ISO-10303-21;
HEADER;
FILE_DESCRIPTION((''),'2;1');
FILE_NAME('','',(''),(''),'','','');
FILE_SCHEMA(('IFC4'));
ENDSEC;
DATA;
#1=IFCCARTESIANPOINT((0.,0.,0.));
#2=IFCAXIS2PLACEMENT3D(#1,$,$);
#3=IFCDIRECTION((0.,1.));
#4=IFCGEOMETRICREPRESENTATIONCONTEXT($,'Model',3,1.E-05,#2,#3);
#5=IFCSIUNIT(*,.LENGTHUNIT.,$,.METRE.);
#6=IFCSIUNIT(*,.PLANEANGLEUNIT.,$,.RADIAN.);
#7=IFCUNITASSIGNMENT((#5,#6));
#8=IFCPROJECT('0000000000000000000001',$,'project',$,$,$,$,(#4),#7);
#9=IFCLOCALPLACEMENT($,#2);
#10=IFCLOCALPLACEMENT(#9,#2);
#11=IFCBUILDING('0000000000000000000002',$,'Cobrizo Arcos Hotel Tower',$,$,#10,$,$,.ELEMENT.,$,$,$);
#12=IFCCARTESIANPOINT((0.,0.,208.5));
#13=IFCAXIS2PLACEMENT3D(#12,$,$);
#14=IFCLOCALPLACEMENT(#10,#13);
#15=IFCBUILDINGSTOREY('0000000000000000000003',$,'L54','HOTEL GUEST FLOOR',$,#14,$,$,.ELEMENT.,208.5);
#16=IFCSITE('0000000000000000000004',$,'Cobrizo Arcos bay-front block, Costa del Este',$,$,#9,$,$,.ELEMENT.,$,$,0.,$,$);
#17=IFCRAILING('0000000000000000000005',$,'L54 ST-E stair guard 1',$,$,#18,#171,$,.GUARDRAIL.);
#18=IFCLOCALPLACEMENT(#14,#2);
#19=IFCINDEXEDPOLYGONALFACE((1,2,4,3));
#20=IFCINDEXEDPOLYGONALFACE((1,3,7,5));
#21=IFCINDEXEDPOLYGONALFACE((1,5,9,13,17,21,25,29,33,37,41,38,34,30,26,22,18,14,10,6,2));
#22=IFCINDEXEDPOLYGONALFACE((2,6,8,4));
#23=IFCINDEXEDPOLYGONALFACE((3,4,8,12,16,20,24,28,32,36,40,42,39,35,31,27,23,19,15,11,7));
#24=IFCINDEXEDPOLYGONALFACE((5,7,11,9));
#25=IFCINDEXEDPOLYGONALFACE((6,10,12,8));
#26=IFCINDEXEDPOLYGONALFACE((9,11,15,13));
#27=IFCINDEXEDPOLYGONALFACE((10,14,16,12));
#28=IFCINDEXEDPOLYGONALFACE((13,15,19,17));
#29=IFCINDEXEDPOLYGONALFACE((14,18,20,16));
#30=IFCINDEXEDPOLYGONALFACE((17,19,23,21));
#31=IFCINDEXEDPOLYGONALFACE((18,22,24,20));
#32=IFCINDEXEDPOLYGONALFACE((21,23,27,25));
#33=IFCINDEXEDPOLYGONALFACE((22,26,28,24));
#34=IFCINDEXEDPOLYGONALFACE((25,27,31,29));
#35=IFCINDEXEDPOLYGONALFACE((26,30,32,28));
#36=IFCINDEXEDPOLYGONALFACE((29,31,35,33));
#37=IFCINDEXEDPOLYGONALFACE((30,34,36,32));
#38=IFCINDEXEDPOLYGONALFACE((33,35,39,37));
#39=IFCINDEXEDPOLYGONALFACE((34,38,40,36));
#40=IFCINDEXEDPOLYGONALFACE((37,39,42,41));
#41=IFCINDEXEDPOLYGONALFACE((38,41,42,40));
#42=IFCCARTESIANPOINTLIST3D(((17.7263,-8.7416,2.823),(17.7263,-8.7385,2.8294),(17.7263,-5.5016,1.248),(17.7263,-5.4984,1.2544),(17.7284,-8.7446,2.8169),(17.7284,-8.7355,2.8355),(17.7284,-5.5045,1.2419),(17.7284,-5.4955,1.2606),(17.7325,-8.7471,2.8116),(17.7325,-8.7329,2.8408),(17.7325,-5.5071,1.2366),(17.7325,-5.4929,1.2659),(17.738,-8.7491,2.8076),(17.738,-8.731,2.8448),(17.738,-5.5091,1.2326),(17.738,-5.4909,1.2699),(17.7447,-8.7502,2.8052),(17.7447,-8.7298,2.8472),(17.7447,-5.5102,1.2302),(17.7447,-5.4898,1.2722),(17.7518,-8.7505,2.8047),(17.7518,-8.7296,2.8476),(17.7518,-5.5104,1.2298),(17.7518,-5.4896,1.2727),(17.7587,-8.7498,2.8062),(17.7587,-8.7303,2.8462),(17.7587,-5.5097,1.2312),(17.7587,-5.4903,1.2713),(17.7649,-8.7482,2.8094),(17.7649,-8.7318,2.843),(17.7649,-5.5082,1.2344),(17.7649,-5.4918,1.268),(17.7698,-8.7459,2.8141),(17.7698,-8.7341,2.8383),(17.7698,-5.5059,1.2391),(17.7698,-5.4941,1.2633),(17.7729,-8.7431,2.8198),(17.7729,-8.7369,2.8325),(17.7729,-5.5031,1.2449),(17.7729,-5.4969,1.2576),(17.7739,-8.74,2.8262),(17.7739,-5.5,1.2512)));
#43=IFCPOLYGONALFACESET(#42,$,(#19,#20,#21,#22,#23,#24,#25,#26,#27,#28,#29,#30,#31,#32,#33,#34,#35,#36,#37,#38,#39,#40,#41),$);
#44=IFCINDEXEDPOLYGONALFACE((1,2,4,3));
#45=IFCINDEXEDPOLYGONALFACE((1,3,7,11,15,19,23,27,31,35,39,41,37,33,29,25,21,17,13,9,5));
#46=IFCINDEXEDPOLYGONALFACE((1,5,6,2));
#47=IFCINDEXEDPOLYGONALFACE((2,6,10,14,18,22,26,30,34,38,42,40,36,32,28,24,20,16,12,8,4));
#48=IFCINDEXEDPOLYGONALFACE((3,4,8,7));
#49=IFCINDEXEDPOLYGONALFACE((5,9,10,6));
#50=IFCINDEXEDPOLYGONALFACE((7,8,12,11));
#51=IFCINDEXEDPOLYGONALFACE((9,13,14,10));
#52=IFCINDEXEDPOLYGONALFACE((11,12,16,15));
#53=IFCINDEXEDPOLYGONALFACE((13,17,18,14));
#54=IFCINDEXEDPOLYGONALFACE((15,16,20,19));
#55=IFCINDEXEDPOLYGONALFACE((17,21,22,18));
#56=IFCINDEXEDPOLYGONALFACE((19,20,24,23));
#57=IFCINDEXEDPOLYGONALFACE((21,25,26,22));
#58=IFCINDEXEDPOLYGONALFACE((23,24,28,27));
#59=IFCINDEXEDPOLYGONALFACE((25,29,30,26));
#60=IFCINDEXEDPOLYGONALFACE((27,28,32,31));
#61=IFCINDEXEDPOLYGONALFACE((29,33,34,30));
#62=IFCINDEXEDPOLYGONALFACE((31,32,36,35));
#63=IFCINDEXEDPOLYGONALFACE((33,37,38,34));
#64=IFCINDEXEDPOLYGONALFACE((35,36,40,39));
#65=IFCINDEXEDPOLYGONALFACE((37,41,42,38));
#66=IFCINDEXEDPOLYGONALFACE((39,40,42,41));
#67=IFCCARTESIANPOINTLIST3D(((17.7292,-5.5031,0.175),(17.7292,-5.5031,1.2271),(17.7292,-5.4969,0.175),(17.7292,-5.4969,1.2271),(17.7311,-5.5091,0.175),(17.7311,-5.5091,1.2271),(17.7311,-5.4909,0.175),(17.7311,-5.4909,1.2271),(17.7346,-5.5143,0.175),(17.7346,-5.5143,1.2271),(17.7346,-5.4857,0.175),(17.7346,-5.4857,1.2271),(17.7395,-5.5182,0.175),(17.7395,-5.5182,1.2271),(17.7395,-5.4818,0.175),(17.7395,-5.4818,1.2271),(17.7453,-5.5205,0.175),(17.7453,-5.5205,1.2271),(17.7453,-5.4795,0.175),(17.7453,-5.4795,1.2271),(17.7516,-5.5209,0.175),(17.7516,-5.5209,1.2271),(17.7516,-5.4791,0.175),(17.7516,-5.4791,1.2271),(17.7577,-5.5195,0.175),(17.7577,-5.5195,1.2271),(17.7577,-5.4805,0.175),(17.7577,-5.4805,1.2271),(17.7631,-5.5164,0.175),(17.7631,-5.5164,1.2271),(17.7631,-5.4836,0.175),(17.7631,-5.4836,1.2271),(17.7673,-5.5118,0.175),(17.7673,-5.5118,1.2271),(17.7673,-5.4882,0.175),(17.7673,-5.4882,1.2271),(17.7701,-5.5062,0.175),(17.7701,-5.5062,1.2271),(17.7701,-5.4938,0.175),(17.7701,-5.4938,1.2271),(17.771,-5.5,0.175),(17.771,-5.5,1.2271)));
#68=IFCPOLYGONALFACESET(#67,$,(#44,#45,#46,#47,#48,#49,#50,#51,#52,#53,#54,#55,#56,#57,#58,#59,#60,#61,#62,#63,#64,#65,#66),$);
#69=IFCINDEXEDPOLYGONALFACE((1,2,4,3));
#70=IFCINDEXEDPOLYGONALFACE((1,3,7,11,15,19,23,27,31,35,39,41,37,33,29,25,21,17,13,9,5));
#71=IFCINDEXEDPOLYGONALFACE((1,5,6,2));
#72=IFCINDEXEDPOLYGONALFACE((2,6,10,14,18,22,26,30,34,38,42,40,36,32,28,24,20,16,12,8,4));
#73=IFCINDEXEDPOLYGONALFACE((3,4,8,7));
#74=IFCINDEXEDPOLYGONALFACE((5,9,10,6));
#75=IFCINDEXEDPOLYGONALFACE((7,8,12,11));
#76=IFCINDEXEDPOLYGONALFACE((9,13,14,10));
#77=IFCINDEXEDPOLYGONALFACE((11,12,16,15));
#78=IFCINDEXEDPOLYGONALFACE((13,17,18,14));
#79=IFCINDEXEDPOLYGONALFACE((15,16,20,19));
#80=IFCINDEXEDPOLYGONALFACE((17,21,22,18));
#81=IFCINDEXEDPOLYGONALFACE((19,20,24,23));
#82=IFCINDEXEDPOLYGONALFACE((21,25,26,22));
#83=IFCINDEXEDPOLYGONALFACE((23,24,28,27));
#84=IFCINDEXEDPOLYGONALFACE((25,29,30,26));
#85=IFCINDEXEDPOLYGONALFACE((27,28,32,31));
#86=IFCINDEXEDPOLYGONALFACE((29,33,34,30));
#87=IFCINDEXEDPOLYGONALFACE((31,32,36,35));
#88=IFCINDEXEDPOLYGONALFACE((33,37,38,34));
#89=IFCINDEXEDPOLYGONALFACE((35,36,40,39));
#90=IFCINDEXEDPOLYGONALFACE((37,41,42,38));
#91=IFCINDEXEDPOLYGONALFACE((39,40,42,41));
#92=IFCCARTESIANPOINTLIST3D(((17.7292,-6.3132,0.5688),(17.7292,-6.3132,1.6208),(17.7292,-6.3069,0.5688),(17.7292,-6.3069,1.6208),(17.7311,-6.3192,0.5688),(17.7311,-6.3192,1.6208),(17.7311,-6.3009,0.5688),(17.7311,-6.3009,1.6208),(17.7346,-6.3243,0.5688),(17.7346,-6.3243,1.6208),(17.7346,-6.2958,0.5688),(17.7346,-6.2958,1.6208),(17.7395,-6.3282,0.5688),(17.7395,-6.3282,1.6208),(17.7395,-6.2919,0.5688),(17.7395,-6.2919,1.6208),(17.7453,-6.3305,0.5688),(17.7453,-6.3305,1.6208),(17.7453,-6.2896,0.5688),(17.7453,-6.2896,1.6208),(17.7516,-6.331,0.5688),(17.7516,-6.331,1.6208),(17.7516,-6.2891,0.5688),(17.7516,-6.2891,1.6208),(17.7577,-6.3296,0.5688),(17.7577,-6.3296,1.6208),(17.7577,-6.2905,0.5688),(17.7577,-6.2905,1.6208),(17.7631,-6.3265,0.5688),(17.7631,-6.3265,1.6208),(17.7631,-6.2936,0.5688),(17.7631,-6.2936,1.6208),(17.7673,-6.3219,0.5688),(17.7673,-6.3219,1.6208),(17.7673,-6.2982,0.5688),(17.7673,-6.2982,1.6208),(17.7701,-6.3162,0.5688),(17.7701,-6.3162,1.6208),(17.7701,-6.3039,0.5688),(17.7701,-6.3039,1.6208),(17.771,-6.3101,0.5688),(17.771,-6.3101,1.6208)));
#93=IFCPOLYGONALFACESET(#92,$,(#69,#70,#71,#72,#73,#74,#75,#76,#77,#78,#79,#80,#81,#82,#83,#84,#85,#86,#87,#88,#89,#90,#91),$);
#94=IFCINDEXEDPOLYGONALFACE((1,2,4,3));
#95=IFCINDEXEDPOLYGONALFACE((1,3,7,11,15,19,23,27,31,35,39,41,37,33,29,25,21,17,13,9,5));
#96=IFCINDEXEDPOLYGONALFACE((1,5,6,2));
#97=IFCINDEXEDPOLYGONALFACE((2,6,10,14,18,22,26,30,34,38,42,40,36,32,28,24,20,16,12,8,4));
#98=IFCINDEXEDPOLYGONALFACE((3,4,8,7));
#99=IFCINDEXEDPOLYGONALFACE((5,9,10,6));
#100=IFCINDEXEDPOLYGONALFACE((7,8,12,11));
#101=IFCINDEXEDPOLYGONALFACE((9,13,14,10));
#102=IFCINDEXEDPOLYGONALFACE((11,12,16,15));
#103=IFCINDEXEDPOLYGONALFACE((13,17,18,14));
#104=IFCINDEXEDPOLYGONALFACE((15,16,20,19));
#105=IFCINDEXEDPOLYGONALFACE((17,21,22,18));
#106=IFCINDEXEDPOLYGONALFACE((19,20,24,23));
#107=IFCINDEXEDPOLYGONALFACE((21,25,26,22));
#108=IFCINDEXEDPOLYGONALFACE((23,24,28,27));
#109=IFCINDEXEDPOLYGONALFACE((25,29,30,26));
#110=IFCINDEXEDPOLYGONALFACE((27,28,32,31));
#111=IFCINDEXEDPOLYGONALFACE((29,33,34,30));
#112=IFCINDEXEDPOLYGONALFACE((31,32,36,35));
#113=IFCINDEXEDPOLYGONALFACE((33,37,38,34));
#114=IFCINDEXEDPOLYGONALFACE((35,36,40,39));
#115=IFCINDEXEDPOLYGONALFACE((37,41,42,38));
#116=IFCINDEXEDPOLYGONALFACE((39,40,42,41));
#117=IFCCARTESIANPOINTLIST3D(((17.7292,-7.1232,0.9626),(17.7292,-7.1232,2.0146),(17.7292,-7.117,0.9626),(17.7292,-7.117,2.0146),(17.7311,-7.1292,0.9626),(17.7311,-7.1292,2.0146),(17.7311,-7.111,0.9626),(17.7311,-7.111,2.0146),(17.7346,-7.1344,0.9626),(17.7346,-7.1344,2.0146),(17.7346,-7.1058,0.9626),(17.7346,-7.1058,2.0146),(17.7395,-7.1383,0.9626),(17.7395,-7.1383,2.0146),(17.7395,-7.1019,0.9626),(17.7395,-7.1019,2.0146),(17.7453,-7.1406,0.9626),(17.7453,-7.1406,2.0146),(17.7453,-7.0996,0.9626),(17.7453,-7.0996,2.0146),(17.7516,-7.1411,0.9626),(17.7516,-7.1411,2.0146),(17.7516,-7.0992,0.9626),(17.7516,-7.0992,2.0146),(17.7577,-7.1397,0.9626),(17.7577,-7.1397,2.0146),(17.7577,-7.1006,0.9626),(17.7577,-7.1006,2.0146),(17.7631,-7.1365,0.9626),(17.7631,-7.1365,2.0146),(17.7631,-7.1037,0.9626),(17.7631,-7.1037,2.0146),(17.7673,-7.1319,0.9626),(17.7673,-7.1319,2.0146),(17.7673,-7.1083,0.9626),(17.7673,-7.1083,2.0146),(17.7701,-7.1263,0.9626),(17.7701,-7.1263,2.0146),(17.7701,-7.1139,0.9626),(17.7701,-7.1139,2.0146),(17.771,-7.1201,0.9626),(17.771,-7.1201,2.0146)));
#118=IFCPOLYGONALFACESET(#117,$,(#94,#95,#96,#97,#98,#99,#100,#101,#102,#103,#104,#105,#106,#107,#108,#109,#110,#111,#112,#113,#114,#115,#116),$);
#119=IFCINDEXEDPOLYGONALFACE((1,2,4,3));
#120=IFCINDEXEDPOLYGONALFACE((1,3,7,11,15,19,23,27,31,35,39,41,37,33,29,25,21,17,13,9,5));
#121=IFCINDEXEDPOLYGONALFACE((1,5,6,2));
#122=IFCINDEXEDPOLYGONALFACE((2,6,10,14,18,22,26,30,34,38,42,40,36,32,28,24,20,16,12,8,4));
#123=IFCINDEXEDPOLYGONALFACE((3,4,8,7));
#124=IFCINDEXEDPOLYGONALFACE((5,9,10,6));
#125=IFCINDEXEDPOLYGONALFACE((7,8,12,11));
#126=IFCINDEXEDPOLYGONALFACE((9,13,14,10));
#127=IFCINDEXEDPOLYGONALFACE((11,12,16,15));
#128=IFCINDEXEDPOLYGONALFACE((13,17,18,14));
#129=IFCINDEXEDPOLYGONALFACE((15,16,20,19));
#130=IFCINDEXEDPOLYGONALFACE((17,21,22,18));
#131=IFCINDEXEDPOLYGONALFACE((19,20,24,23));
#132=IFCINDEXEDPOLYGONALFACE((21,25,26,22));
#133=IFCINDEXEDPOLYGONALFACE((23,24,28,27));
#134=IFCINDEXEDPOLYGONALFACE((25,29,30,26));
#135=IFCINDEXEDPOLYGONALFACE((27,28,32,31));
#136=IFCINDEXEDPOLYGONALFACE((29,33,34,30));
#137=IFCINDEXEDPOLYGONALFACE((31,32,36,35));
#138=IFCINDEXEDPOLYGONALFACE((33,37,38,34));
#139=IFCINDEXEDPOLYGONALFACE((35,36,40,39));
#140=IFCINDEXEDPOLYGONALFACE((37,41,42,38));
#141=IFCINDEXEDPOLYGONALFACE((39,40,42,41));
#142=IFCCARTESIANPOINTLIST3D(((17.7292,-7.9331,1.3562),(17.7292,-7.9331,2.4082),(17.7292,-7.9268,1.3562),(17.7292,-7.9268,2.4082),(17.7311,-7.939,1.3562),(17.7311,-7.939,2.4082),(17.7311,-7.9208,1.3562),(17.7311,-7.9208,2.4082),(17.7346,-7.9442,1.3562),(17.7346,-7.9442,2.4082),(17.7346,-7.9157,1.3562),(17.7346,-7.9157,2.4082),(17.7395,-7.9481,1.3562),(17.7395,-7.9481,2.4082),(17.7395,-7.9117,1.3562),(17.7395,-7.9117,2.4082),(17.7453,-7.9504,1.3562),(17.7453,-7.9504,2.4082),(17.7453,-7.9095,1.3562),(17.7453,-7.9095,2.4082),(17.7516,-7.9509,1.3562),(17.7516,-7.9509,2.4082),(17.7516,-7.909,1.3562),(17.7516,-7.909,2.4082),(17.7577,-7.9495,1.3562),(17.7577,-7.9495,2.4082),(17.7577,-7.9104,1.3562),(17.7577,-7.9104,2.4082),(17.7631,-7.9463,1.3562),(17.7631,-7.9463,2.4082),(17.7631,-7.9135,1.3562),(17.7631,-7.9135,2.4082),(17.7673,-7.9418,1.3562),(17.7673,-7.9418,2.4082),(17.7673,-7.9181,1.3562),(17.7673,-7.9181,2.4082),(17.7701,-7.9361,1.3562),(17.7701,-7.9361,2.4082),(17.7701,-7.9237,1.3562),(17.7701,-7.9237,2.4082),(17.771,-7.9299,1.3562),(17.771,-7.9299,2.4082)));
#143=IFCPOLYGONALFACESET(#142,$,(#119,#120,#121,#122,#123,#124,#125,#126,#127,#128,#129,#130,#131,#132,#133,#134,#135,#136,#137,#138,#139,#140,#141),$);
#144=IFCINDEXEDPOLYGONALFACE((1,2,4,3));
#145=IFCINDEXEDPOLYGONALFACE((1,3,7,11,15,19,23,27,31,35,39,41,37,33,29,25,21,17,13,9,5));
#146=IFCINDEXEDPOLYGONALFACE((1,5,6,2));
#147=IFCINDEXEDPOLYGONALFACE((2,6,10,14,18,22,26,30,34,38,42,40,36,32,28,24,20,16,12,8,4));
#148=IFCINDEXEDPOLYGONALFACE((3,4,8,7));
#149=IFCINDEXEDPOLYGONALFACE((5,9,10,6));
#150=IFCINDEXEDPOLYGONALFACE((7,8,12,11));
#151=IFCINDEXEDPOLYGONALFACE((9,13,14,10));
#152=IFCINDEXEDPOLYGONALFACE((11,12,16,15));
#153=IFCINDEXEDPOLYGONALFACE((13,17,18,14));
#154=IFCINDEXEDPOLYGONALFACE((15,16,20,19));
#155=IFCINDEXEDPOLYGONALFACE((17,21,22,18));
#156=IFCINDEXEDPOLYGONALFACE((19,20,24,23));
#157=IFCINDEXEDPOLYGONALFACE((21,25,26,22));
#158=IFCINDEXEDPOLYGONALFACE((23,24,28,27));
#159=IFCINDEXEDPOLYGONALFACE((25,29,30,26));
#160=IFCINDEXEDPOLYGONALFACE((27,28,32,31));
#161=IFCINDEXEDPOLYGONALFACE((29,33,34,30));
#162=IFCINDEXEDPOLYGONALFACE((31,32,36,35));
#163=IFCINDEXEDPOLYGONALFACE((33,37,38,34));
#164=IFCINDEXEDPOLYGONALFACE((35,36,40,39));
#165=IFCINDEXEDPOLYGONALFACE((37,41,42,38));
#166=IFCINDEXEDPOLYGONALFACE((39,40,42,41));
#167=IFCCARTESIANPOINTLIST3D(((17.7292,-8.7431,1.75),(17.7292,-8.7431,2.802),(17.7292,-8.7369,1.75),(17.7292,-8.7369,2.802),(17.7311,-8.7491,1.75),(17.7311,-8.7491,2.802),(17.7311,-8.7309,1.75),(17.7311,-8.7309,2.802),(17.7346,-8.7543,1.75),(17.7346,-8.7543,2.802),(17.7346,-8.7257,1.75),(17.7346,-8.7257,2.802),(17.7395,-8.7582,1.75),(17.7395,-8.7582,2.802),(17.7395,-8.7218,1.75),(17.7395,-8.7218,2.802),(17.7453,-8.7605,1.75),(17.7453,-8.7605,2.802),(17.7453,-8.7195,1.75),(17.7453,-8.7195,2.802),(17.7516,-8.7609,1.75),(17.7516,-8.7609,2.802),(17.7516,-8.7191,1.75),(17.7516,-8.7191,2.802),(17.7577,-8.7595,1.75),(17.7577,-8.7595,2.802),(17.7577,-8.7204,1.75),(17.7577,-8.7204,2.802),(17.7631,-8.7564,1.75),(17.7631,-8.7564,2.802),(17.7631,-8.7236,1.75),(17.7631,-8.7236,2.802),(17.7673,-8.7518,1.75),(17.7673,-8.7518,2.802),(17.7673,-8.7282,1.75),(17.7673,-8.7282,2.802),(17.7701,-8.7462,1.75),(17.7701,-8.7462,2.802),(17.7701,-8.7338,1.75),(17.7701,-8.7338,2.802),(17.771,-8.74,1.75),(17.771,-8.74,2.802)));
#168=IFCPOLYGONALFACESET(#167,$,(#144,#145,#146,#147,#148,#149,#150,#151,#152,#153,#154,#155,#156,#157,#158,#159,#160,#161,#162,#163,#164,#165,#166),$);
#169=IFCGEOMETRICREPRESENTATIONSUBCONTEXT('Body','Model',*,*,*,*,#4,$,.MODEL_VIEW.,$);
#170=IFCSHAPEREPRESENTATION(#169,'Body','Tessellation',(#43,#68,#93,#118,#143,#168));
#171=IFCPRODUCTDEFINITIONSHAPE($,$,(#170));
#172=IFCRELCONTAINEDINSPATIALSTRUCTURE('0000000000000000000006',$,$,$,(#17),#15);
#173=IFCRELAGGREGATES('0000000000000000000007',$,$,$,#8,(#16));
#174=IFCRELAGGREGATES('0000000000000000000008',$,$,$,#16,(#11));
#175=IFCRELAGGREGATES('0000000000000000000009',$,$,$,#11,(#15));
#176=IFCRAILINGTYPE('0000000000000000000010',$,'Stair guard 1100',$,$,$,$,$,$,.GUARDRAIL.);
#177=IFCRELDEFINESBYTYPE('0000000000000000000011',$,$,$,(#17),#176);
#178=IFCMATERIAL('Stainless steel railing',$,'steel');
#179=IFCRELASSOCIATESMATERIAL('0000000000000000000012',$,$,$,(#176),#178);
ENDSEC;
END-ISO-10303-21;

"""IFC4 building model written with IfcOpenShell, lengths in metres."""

from ifc_helpers import new_model, si_unit, direction, frame, origin, origin_2d, place, context, subcontext, project, spatial, circle, extrude, material, type_object, element, save


model = new_model("IFC4")

# Units and contexts
model_context = context("Model", 3, precision=1e-05, world=origin(), true_north=direction((0.0, 1.0)))
body_context = subcontext(model_context, "Body", "Model", "MODEL_VIEW")
ifc_project = project(units=[si_unit("LENGTHUNIT", "METRE"), si_unit("PLANEANGLEUNIT", "RADIAN")], contexts=[model_context])

# Site, building, storey
site_placement = place(None, origin())
site = spatial("IfcSite", under=ifc_project, at=site_placement, Name="Cobrizo Arcos bay-front block, Costa del Este", CompositionType="ELEMENT", RefElevation=0.0)
building_placement = place(site_placement, origin())
building = spatial("IfcBuilding", under=site, at=building_placement, Name="Cobrizo Arcos Hotel Tower", CompositionType="ELEMENT")
storey_placement = place(building_placement, frame((0.0, 0.0, 208.5)))
storey = spatial("IfcBuildingStorey", under=building, at=storey_placement, Name="L54", Description="HOTEL GUEST FLOOR", CompositionType="ELEMENT", Elevation=208.5)

# Railing
ifc_material_1 = material(Name="Stainless steel railing", Category="steel")
railing_type_1 = type_object("IfcRailingType", Name="Stair guard 1100", PredefinedType="GUARDRAIL", material=ifc_material_1)
railing_1_placement = place(storey_placement, frame((17.75, -5.5, 0.175)))
element("IfcRailing", 1, at=railing_1_placement, inside=storey, type_object=railing_type_1, Name="L54 ST-E stair guard 1", PredefinedType="GUARDRAIL", context=body_context, shape_type="SweptSolid", body=[
    extrude(circle(Radius=0.0239, at=origin_2d()), frame((0.0, 0.0, 1.0762), z_axis=(0.0, -0.899373, 0.437183), x_axis=(1.0, 0.0, 0.0)), (0.0, 0.0, 1.0), 3.6025),
    extrude(circle(Radius=0.021, at=origin_2d()), origin(), (0.0, 0.0, 1.0), 1.052),
    extrude(circle(Radius=0.021, at=origin_2d()), frame((0.0, -0.8101, 0.3938)), (0.0, 0.0, 1.0), 1.052),
    extrude(circle(Radius=0.021, at=origin_2d()), frame((0.0, -1.6201, 0.7876)), (0.0, 0.0, 1.0), 1.052),
    extrude(circle(Radius=0.021, at=origin_2d()), frame((0.0, -2.4299, 1.1812)), (0.0, 0.0, 1.0), 1.052),
    extrude(circle(Radius=0.021, at=origin_2d()), frame((0.0, -3.24, 1.575)), (0.0, 0.0, 1.0), 1.052),
])

save(model, "model.ifc")
